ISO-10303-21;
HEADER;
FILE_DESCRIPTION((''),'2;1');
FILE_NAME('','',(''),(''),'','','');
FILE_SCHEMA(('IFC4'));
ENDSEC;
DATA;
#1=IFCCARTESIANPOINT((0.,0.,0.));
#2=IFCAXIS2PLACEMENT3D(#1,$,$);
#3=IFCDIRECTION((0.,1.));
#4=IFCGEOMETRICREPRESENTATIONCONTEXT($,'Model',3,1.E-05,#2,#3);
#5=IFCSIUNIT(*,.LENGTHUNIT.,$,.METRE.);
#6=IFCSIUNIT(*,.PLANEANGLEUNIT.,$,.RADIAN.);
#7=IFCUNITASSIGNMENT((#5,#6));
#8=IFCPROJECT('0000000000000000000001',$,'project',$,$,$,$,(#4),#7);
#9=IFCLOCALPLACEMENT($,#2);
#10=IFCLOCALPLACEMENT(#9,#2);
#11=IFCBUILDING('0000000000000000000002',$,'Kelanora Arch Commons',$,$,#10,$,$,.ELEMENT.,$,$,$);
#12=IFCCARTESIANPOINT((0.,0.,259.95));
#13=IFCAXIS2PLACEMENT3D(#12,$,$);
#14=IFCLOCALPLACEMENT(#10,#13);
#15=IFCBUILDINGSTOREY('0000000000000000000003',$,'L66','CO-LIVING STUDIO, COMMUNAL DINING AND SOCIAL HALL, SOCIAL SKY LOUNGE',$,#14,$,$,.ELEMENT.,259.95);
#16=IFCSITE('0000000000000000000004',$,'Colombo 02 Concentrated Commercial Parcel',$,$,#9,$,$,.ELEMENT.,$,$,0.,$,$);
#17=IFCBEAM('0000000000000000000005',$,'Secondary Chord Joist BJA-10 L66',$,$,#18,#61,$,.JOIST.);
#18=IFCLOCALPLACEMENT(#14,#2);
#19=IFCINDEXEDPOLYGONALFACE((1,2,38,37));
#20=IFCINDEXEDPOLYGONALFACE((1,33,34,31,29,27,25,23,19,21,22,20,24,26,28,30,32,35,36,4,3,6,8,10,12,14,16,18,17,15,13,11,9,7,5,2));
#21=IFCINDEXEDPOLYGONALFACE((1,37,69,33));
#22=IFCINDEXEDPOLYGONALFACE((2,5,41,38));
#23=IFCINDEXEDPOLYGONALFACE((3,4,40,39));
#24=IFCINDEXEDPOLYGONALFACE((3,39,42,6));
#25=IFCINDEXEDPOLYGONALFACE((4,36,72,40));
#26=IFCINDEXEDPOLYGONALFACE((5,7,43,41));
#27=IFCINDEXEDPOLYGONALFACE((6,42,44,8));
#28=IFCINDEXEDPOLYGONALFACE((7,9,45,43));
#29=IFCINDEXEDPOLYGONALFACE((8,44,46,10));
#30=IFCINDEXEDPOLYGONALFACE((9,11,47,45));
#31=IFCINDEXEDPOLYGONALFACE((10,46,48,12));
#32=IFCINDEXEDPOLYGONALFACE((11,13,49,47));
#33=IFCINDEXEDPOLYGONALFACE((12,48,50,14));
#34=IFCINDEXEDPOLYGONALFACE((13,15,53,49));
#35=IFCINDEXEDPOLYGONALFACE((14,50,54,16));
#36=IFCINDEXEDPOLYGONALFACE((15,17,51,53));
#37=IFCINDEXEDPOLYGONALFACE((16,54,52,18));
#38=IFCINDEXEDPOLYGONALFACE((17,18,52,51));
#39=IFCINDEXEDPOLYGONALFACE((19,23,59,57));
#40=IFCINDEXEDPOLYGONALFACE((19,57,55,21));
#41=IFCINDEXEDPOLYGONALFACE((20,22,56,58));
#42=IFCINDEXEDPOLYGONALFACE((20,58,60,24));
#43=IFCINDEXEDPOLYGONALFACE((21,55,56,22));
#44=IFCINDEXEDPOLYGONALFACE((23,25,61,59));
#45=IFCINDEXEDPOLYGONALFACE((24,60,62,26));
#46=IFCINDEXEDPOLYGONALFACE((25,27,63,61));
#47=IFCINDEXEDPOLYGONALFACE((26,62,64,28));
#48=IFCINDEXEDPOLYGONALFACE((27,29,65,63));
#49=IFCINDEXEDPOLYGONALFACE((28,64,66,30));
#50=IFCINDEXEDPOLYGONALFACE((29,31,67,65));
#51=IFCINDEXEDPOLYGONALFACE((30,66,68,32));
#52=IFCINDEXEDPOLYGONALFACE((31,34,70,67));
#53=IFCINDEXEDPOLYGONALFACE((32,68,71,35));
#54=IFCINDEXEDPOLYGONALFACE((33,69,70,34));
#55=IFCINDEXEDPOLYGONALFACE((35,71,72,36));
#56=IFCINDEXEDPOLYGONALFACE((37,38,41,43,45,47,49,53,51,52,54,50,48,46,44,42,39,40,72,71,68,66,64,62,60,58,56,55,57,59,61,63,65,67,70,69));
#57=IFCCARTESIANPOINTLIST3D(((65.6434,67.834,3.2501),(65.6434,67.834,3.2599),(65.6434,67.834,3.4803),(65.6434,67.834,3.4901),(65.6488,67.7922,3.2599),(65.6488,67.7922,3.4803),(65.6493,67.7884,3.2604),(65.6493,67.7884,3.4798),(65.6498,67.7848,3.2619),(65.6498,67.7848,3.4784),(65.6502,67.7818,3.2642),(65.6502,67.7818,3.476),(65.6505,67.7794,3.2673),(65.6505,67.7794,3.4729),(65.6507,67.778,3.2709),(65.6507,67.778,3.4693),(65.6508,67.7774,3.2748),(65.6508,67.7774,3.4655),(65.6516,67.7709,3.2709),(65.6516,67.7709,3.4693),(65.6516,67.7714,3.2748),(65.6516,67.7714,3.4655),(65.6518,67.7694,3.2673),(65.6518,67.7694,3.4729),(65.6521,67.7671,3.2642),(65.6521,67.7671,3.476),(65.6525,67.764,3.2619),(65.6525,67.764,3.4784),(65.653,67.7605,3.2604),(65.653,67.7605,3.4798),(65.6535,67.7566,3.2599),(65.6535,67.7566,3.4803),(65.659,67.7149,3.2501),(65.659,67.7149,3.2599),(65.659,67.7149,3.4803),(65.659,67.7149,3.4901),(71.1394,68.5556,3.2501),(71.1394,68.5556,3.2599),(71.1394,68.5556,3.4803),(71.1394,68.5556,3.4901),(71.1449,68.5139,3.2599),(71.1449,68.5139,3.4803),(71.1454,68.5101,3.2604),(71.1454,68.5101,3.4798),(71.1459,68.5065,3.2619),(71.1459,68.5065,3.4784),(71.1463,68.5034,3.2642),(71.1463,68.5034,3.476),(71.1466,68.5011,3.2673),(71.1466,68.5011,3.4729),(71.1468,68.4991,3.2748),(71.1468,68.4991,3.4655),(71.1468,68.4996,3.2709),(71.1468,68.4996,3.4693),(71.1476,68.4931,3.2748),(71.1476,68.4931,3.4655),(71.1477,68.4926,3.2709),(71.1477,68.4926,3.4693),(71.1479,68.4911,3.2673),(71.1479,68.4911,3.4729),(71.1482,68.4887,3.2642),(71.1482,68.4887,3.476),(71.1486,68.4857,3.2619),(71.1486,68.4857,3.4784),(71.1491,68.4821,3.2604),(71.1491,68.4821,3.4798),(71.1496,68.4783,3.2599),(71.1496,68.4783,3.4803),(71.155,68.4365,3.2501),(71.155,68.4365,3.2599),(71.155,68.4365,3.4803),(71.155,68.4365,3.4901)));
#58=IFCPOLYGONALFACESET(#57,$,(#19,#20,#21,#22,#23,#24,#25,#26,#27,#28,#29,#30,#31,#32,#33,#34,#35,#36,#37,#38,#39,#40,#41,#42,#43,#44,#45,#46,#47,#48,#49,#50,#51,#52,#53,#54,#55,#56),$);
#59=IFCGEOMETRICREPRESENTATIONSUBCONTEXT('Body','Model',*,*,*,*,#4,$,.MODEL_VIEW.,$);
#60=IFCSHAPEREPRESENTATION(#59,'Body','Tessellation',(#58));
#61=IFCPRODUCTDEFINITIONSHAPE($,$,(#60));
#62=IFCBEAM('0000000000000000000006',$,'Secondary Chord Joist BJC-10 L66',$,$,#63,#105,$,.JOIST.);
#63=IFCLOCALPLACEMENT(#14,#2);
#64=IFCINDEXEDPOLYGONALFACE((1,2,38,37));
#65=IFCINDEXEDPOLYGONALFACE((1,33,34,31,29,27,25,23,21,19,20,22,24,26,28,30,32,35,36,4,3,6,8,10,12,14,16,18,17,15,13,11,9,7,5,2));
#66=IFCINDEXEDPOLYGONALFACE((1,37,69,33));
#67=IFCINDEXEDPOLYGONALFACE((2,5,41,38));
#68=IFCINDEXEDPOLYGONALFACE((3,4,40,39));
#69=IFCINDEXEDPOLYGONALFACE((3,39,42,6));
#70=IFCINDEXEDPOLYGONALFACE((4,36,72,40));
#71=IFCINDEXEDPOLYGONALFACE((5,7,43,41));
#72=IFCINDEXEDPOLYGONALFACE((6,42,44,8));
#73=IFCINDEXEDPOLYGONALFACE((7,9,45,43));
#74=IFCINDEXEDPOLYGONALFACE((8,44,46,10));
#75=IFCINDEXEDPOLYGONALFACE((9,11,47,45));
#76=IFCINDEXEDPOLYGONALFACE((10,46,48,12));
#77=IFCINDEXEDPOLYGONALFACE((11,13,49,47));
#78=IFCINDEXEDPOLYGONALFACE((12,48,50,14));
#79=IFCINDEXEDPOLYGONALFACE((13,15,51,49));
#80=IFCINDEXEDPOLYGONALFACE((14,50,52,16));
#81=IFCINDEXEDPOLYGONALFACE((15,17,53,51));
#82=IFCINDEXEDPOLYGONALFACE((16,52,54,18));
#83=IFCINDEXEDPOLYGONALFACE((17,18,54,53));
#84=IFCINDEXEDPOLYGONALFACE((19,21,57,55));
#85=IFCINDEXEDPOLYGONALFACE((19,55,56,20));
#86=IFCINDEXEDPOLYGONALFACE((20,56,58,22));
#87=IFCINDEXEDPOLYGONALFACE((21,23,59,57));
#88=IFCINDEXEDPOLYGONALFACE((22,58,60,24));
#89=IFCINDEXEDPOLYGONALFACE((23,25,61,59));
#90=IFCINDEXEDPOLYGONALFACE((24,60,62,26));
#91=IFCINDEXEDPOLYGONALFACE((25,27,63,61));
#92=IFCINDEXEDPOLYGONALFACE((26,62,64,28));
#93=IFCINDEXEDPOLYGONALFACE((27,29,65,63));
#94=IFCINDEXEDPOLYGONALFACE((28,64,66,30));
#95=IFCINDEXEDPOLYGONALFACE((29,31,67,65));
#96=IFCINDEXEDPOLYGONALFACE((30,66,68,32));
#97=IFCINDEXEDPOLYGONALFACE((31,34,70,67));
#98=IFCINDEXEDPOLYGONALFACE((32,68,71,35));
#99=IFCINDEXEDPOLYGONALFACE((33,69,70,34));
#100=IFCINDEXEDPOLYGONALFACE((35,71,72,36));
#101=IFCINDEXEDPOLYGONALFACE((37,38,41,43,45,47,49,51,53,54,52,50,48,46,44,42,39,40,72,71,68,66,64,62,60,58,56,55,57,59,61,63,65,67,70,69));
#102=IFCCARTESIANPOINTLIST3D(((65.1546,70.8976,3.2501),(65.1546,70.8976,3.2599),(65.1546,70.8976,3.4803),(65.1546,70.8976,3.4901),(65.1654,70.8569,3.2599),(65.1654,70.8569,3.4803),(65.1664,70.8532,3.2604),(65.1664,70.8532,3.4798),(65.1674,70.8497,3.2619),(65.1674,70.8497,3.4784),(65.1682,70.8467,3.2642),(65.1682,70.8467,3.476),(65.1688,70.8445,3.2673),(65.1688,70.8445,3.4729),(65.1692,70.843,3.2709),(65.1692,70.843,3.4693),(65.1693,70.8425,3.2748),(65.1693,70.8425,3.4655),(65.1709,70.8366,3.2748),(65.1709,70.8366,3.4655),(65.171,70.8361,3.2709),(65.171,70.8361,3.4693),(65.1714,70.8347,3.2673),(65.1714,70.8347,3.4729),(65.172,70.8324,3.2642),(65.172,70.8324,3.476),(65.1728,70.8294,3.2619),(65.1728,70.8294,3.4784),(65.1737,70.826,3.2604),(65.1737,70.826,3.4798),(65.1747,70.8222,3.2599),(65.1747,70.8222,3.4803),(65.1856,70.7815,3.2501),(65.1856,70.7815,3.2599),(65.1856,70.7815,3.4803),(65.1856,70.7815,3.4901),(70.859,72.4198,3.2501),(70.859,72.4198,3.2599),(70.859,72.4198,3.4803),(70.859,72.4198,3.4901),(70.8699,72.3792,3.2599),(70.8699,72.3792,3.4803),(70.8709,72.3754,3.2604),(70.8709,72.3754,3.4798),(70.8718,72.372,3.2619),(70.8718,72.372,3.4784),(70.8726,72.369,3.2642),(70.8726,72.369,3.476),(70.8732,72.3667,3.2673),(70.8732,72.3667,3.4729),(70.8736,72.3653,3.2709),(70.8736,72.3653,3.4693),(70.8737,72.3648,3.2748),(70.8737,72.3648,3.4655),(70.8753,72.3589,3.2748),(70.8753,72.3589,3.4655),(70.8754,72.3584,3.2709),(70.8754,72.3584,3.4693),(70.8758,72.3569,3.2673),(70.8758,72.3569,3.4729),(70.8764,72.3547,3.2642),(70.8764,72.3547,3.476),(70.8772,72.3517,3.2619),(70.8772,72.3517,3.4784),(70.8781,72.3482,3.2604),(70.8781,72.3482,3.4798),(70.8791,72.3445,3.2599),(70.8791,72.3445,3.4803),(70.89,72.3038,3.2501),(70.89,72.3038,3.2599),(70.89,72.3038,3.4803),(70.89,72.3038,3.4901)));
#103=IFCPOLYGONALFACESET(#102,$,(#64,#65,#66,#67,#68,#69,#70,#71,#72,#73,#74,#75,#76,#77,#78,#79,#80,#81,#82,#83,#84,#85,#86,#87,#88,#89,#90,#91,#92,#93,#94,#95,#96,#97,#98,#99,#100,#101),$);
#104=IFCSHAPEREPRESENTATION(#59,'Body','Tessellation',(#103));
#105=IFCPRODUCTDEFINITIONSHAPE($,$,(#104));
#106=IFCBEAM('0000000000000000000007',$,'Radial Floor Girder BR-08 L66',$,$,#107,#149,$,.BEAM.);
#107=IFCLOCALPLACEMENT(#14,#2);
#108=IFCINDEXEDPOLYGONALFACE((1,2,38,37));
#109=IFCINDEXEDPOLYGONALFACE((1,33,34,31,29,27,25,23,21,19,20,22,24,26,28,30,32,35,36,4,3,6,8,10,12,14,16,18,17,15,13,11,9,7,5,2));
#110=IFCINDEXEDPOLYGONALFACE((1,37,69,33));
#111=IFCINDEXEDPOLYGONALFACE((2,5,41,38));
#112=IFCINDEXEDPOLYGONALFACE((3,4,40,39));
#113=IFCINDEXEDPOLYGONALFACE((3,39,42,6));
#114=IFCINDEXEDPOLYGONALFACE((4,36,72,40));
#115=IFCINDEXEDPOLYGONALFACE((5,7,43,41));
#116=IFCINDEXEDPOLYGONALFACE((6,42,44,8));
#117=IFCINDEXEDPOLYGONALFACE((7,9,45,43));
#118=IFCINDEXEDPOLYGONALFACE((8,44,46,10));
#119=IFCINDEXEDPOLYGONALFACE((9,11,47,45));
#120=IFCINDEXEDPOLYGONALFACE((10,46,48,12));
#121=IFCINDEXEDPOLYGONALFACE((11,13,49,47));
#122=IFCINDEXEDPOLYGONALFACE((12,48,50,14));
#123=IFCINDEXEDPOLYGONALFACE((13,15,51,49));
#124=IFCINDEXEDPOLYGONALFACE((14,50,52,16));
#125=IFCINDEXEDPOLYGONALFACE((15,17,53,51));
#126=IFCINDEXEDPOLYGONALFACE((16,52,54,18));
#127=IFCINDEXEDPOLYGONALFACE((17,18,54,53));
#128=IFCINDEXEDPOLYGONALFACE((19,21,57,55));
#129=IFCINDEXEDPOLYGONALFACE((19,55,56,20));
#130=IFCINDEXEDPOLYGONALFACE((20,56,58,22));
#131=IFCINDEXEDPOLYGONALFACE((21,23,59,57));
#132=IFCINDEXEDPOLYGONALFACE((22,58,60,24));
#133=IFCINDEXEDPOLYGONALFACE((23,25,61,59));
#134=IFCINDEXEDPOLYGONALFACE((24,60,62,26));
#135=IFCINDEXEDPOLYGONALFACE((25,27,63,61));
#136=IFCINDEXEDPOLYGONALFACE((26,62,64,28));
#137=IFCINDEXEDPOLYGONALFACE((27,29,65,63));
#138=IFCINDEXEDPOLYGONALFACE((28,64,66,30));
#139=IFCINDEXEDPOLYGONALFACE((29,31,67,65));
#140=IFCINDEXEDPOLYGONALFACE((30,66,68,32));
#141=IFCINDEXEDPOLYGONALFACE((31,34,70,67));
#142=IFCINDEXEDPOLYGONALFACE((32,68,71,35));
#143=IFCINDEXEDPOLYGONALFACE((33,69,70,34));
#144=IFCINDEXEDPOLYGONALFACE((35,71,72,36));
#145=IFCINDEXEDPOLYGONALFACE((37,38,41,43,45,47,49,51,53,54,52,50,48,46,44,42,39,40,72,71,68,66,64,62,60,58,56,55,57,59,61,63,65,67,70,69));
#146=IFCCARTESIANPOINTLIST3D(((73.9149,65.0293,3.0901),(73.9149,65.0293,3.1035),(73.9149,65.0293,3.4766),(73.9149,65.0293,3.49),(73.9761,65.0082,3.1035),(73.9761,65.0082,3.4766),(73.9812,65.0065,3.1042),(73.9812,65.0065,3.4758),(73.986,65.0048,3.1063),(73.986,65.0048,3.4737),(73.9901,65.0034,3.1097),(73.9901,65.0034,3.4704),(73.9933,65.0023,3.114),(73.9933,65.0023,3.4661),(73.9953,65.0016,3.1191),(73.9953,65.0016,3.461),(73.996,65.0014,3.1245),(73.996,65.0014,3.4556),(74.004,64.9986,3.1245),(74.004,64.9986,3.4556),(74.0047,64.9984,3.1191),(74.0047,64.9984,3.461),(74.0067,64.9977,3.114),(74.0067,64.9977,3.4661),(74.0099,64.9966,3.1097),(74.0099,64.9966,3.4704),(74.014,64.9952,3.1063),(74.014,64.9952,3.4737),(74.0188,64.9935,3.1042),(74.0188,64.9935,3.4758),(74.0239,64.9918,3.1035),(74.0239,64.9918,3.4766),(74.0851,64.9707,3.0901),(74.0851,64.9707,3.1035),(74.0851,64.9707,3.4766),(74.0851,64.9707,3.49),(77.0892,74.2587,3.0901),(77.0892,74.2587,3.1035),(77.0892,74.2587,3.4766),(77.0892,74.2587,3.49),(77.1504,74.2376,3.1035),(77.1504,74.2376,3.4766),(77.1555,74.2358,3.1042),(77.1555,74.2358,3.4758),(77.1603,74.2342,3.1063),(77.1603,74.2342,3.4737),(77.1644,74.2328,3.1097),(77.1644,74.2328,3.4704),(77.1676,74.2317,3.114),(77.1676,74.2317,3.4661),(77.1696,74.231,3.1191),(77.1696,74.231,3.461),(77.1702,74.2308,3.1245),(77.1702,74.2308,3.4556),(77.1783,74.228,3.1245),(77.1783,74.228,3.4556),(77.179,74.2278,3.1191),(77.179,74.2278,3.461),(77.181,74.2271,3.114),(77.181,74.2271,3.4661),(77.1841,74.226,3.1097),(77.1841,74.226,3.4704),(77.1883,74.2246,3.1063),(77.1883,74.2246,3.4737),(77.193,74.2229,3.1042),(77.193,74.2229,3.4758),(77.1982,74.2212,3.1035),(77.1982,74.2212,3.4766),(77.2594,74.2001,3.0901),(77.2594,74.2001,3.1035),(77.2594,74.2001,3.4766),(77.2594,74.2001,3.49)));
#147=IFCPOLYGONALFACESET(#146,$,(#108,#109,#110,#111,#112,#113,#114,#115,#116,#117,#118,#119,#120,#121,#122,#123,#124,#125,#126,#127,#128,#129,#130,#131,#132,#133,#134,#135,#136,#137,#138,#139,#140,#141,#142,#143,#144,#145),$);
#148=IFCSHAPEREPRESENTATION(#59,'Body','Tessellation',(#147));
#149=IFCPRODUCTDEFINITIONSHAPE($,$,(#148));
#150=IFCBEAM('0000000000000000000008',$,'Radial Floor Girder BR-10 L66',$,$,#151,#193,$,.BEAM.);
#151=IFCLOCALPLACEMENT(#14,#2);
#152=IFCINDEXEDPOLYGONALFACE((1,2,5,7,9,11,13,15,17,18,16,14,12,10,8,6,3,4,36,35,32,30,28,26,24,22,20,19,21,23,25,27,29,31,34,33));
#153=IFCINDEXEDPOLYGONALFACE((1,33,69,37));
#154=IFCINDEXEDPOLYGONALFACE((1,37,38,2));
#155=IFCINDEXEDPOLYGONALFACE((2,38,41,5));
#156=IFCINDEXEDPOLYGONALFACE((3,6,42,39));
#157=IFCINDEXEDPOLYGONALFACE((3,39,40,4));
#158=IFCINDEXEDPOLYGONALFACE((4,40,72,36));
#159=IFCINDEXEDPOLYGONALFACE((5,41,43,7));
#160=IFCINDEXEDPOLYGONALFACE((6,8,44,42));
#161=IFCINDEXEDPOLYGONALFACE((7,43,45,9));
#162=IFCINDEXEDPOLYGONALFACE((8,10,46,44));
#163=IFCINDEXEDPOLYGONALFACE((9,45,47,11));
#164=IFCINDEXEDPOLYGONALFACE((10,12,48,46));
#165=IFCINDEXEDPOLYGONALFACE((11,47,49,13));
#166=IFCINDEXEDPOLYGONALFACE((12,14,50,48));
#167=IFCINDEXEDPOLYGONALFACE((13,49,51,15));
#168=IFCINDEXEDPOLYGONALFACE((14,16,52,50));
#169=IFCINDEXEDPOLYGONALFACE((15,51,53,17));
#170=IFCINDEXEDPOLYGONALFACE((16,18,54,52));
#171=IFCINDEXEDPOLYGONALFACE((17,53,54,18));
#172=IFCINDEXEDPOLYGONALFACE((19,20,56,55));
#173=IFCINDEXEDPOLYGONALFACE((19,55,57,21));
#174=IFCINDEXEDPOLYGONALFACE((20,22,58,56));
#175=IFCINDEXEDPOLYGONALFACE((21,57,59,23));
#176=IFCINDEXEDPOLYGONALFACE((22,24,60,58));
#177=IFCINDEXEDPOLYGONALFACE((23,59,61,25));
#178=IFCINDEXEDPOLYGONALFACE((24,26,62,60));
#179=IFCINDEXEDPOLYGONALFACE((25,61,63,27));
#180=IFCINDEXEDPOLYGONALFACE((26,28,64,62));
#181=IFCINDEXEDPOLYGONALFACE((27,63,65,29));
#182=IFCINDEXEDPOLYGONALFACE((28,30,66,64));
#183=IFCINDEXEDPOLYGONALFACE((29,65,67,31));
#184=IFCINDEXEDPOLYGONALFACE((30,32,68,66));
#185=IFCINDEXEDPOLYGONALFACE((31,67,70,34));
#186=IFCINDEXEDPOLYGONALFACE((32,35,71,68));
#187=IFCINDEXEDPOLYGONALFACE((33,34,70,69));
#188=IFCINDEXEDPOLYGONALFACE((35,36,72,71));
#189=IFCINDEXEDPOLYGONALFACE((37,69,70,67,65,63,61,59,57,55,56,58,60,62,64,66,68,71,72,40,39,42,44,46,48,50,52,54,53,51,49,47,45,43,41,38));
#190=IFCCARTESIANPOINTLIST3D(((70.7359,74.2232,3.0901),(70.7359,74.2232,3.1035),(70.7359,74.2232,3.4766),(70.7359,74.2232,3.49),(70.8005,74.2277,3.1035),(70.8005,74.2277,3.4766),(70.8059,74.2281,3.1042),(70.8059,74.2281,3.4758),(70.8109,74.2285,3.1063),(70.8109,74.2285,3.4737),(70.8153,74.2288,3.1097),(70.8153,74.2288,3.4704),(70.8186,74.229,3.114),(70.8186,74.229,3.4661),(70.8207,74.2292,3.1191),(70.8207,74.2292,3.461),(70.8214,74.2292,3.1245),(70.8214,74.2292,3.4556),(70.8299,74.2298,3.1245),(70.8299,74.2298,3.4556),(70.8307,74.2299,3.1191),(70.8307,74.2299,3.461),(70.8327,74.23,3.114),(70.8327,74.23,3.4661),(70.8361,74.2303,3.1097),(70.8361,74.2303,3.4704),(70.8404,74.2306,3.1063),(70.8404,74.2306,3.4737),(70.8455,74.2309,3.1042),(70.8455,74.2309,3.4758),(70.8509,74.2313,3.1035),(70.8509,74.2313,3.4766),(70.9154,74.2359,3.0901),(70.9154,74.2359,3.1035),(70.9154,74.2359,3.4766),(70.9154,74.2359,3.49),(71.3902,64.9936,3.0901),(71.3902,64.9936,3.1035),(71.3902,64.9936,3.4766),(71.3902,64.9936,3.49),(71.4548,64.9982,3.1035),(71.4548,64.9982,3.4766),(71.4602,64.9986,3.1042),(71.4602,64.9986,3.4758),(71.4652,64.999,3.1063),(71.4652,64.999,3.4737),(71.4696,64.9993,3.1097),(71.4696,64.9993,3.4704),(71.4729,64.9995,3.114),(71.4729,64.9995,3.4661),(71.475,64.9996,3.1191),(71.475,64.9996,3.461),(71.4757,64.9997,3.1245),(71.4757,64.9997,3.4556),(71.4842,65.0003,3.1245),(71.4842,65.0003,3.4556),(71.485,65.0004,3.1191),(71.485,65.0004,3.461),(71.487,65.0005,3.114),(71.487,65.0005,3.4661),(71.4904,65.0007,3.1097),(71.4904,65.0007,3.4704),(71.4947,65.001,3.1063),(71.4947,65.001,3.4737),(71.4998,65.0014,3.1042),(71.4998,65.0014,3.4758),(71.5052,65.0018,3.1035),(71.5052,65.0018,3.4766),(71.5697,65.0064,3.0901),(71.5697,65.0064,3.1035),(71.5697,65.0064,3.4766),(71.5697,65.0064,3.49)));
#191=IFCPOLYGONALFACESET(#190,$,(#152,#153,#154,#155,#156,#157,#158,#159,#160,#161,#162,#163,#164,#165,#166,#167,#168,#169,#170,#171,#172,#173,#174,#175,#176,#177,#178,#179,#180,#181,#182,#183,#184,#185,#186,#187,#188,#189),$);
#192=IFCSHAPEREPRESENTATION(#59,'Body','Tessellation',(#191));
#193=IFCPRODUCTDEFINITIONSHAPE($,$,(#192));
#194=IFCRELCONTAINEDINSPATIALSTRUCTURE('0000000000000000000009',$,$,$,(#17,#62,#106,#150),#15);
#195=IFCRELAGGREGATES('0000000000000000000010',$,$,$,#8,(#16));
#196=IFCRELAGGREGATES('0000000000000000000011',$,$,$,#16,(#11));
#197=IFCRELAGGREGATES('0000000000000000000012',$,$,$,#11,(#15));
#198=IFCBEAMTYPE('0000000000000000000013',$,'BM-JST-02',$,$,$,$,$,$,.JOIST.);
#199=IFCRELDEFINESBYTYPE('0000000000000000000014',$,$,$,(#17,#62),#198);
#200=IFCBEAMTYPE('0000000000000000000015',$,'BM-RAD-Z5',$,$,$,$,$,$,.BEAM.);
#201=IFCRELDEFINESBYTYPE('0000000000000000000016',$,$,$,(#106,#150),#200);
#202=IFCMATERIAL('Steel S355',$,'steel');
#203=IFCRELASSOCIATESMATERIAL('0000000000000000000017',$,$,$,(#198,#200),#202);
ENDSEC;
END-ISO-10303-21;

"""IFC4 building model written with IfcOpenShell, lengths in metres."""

from ifc_helpers import new_model, si_unit, direction, frame, origin, origin_2d, place, context, subcontext, project, spatial, i_section, extrude, material, material_profile, profile_set, type_object, element, save


model = new_model("IFC4")

# Units and contexts
model_context = context("Model", 3, precision=1e-05, world=origin(), true_north=direction((0.0, 1.0)))
body_context = subcontext(model_context, "Body", "Model", "MODEL_VIEW")
ifc_project = project(units=[si_unit("LENGTHUNIT", "METRE"), si_unit("PLANEANGLEUNIT", "RADIAN")], contexts=[model_context])

# Site, building, storey
site_placement = place(None, origin())
site = spatial("IfcSite", under=ifc_project, at=site_placement, Name="Colombo 02 Concentrated Commercial Parcel", CompositionType="ELEMENT", RefElevation=0.0)
building_placement = place(site_placement, origin())
building = spatial("IfcBuilding", under=site, at=building_placement, Name="Kelanora Arch Commons", CompositionType="ELEMENT")
storey_placement = place(building_placement, frame((0.0, 0.0, 259.95)))
storey = spatial("IfcBuildingStorey", under=building, at=storey_placement, Name="L66", Description="CO-LIVING STUDIO, COMMUNAL DINING AND SOCIAL HALL, SOCIAL SKY LOUNGE", CompositionType="ELEMENT", Elevation=259.95)

# Beams
ifc_material_1 = material(Name="Steel S355", Category="steel")
ifc_material_profile_1 = material_profile(ifc_material_1, i_section(OverallWidth=0.1201, OverallDepth=0.24, WebThickness=0.0061, FlangeThickness=0.0098, FilletRadius=0.0149, at=origin_2d()), Name="IPE240")
ifc_profile_set_1 = profile_set([ifc_material_profile_1], Name="Steel S355")
beam_type_1 = type_object("IfcBeamType", Name="BM-JST-02", PredefinedType="JOIST", material=ifc_profile_set_1)
beam_1_placement = place(storey_placement, frame((71.1472, 68.4961, 3.3701), z_axis=(-0.991489, -0.13019, 0.0), x_axis=(0.13019, -0.991489, 0.0)))
element("IfcBeam", 1, at=beam_1_placement, inside=storey, type_object=beam_type_1, Name="Secondary Chord Joist BJA-10 L66", PredefinedType="JOIST", context=body_context, shape_type="SweptSolid", body=[
    extrude(i_section(OverallWidth=0.1201, OverallDepth=0.24, WebThickness=0.0061, FlangeThickness=0.0098, FilletRadius=0.0149, at=origin_2d()), origin(), (0.0, 0.0, 1.0), 5.5432),
])
beam_2_placement = place(storey_placement, frame((70.8745, 72.3618, 3.3701), z_axis=(-0.96619, -0.25783, 0.0), x_axis=(0.25783, -0.96619, 0.0)))
element("IfcBeam", 2, at=beam_2_placement, inside=storey, type_object=beam_type_1, Name="Secondary Chord Joist BJC-10 L66", PredefinedType="JOIST", context=body_context, shape_type="SweptSolid", body=[
    extrude(i_section(OverallWidth=0.1201, OverallDepth=0.24, WebThickness=0.0061, FlangeThickness=0.0098, FilletRadius=0.0149, at=origin_2d()), origin(), (0.0, 0.0, 1.0), 5.9041),
])
ifc_material_profile_2 = material_profile(ifc_material_1, i_section(OverallWidth=0.1799, OverallDepth=0.3999, WebThickness=0.0085, FlangeThickness=0.0134, FilletRadius=0.021, at=origin_2d()), Name="IPE400")
ifc_profile_set_2 = profile_set([ifc_material_profile_2], Name="Steel S355")
beam_type_2 = type_object("IfcBeamType", Name="BM-RAD-Z5", PredefinedType="BEAM", material=ifc_profile_set_2)
beam_3_placement = place(storey_placement, frame((74.0, 65.0, 3.29), z_axis=(0.325234, 0.945634, 0.0), x_axis=(-0.945634, 0.325234, 0.0)))
element("IfcBeam", 3, at=beam_3_placement, inside=storey, type_object=beam_type_2, Name="Radial Floor Girder BR-08 L66", PredefinedType="BEAM", context=body_context, shape_type="SweptSolid", body=[
    extrude(i_section(OverallWidth=0.1799, OverallDepth=0.3999, WebThickness=0.0085, FlangeThickness=0.0134, FilletRadius=0.021, at=origin_2d()), origin(), (0.0, 0.0, 1.0), 9.76),
])
beam_4_placement = place(storey_placement, frame((71.48, 65.0, 3.29), z_axis=(-0.070714, 0.997497, 0.0), x_axis=(-0.997497, -0.070714, 0.0)))
element("IfcBeam", 4, at=beam_4_placement, inside=storey, type_object=beam_type_2, Name="Radial Floor Girder BR-10 L66", PredefinedType="BEAM", context=body_context, shape_type="SweptSolid", body=[
    extrude(i_section(OverallWidth=0.1799, OverallDepth=0.3999, WebThickness=0.0085, FlangeThickness=0.0134, FilletRadius=0.021, at=origin_2d()), origin(), (0.0, 0.0, 1.0), 9.2527),
])

save(model, "model.ifc")
